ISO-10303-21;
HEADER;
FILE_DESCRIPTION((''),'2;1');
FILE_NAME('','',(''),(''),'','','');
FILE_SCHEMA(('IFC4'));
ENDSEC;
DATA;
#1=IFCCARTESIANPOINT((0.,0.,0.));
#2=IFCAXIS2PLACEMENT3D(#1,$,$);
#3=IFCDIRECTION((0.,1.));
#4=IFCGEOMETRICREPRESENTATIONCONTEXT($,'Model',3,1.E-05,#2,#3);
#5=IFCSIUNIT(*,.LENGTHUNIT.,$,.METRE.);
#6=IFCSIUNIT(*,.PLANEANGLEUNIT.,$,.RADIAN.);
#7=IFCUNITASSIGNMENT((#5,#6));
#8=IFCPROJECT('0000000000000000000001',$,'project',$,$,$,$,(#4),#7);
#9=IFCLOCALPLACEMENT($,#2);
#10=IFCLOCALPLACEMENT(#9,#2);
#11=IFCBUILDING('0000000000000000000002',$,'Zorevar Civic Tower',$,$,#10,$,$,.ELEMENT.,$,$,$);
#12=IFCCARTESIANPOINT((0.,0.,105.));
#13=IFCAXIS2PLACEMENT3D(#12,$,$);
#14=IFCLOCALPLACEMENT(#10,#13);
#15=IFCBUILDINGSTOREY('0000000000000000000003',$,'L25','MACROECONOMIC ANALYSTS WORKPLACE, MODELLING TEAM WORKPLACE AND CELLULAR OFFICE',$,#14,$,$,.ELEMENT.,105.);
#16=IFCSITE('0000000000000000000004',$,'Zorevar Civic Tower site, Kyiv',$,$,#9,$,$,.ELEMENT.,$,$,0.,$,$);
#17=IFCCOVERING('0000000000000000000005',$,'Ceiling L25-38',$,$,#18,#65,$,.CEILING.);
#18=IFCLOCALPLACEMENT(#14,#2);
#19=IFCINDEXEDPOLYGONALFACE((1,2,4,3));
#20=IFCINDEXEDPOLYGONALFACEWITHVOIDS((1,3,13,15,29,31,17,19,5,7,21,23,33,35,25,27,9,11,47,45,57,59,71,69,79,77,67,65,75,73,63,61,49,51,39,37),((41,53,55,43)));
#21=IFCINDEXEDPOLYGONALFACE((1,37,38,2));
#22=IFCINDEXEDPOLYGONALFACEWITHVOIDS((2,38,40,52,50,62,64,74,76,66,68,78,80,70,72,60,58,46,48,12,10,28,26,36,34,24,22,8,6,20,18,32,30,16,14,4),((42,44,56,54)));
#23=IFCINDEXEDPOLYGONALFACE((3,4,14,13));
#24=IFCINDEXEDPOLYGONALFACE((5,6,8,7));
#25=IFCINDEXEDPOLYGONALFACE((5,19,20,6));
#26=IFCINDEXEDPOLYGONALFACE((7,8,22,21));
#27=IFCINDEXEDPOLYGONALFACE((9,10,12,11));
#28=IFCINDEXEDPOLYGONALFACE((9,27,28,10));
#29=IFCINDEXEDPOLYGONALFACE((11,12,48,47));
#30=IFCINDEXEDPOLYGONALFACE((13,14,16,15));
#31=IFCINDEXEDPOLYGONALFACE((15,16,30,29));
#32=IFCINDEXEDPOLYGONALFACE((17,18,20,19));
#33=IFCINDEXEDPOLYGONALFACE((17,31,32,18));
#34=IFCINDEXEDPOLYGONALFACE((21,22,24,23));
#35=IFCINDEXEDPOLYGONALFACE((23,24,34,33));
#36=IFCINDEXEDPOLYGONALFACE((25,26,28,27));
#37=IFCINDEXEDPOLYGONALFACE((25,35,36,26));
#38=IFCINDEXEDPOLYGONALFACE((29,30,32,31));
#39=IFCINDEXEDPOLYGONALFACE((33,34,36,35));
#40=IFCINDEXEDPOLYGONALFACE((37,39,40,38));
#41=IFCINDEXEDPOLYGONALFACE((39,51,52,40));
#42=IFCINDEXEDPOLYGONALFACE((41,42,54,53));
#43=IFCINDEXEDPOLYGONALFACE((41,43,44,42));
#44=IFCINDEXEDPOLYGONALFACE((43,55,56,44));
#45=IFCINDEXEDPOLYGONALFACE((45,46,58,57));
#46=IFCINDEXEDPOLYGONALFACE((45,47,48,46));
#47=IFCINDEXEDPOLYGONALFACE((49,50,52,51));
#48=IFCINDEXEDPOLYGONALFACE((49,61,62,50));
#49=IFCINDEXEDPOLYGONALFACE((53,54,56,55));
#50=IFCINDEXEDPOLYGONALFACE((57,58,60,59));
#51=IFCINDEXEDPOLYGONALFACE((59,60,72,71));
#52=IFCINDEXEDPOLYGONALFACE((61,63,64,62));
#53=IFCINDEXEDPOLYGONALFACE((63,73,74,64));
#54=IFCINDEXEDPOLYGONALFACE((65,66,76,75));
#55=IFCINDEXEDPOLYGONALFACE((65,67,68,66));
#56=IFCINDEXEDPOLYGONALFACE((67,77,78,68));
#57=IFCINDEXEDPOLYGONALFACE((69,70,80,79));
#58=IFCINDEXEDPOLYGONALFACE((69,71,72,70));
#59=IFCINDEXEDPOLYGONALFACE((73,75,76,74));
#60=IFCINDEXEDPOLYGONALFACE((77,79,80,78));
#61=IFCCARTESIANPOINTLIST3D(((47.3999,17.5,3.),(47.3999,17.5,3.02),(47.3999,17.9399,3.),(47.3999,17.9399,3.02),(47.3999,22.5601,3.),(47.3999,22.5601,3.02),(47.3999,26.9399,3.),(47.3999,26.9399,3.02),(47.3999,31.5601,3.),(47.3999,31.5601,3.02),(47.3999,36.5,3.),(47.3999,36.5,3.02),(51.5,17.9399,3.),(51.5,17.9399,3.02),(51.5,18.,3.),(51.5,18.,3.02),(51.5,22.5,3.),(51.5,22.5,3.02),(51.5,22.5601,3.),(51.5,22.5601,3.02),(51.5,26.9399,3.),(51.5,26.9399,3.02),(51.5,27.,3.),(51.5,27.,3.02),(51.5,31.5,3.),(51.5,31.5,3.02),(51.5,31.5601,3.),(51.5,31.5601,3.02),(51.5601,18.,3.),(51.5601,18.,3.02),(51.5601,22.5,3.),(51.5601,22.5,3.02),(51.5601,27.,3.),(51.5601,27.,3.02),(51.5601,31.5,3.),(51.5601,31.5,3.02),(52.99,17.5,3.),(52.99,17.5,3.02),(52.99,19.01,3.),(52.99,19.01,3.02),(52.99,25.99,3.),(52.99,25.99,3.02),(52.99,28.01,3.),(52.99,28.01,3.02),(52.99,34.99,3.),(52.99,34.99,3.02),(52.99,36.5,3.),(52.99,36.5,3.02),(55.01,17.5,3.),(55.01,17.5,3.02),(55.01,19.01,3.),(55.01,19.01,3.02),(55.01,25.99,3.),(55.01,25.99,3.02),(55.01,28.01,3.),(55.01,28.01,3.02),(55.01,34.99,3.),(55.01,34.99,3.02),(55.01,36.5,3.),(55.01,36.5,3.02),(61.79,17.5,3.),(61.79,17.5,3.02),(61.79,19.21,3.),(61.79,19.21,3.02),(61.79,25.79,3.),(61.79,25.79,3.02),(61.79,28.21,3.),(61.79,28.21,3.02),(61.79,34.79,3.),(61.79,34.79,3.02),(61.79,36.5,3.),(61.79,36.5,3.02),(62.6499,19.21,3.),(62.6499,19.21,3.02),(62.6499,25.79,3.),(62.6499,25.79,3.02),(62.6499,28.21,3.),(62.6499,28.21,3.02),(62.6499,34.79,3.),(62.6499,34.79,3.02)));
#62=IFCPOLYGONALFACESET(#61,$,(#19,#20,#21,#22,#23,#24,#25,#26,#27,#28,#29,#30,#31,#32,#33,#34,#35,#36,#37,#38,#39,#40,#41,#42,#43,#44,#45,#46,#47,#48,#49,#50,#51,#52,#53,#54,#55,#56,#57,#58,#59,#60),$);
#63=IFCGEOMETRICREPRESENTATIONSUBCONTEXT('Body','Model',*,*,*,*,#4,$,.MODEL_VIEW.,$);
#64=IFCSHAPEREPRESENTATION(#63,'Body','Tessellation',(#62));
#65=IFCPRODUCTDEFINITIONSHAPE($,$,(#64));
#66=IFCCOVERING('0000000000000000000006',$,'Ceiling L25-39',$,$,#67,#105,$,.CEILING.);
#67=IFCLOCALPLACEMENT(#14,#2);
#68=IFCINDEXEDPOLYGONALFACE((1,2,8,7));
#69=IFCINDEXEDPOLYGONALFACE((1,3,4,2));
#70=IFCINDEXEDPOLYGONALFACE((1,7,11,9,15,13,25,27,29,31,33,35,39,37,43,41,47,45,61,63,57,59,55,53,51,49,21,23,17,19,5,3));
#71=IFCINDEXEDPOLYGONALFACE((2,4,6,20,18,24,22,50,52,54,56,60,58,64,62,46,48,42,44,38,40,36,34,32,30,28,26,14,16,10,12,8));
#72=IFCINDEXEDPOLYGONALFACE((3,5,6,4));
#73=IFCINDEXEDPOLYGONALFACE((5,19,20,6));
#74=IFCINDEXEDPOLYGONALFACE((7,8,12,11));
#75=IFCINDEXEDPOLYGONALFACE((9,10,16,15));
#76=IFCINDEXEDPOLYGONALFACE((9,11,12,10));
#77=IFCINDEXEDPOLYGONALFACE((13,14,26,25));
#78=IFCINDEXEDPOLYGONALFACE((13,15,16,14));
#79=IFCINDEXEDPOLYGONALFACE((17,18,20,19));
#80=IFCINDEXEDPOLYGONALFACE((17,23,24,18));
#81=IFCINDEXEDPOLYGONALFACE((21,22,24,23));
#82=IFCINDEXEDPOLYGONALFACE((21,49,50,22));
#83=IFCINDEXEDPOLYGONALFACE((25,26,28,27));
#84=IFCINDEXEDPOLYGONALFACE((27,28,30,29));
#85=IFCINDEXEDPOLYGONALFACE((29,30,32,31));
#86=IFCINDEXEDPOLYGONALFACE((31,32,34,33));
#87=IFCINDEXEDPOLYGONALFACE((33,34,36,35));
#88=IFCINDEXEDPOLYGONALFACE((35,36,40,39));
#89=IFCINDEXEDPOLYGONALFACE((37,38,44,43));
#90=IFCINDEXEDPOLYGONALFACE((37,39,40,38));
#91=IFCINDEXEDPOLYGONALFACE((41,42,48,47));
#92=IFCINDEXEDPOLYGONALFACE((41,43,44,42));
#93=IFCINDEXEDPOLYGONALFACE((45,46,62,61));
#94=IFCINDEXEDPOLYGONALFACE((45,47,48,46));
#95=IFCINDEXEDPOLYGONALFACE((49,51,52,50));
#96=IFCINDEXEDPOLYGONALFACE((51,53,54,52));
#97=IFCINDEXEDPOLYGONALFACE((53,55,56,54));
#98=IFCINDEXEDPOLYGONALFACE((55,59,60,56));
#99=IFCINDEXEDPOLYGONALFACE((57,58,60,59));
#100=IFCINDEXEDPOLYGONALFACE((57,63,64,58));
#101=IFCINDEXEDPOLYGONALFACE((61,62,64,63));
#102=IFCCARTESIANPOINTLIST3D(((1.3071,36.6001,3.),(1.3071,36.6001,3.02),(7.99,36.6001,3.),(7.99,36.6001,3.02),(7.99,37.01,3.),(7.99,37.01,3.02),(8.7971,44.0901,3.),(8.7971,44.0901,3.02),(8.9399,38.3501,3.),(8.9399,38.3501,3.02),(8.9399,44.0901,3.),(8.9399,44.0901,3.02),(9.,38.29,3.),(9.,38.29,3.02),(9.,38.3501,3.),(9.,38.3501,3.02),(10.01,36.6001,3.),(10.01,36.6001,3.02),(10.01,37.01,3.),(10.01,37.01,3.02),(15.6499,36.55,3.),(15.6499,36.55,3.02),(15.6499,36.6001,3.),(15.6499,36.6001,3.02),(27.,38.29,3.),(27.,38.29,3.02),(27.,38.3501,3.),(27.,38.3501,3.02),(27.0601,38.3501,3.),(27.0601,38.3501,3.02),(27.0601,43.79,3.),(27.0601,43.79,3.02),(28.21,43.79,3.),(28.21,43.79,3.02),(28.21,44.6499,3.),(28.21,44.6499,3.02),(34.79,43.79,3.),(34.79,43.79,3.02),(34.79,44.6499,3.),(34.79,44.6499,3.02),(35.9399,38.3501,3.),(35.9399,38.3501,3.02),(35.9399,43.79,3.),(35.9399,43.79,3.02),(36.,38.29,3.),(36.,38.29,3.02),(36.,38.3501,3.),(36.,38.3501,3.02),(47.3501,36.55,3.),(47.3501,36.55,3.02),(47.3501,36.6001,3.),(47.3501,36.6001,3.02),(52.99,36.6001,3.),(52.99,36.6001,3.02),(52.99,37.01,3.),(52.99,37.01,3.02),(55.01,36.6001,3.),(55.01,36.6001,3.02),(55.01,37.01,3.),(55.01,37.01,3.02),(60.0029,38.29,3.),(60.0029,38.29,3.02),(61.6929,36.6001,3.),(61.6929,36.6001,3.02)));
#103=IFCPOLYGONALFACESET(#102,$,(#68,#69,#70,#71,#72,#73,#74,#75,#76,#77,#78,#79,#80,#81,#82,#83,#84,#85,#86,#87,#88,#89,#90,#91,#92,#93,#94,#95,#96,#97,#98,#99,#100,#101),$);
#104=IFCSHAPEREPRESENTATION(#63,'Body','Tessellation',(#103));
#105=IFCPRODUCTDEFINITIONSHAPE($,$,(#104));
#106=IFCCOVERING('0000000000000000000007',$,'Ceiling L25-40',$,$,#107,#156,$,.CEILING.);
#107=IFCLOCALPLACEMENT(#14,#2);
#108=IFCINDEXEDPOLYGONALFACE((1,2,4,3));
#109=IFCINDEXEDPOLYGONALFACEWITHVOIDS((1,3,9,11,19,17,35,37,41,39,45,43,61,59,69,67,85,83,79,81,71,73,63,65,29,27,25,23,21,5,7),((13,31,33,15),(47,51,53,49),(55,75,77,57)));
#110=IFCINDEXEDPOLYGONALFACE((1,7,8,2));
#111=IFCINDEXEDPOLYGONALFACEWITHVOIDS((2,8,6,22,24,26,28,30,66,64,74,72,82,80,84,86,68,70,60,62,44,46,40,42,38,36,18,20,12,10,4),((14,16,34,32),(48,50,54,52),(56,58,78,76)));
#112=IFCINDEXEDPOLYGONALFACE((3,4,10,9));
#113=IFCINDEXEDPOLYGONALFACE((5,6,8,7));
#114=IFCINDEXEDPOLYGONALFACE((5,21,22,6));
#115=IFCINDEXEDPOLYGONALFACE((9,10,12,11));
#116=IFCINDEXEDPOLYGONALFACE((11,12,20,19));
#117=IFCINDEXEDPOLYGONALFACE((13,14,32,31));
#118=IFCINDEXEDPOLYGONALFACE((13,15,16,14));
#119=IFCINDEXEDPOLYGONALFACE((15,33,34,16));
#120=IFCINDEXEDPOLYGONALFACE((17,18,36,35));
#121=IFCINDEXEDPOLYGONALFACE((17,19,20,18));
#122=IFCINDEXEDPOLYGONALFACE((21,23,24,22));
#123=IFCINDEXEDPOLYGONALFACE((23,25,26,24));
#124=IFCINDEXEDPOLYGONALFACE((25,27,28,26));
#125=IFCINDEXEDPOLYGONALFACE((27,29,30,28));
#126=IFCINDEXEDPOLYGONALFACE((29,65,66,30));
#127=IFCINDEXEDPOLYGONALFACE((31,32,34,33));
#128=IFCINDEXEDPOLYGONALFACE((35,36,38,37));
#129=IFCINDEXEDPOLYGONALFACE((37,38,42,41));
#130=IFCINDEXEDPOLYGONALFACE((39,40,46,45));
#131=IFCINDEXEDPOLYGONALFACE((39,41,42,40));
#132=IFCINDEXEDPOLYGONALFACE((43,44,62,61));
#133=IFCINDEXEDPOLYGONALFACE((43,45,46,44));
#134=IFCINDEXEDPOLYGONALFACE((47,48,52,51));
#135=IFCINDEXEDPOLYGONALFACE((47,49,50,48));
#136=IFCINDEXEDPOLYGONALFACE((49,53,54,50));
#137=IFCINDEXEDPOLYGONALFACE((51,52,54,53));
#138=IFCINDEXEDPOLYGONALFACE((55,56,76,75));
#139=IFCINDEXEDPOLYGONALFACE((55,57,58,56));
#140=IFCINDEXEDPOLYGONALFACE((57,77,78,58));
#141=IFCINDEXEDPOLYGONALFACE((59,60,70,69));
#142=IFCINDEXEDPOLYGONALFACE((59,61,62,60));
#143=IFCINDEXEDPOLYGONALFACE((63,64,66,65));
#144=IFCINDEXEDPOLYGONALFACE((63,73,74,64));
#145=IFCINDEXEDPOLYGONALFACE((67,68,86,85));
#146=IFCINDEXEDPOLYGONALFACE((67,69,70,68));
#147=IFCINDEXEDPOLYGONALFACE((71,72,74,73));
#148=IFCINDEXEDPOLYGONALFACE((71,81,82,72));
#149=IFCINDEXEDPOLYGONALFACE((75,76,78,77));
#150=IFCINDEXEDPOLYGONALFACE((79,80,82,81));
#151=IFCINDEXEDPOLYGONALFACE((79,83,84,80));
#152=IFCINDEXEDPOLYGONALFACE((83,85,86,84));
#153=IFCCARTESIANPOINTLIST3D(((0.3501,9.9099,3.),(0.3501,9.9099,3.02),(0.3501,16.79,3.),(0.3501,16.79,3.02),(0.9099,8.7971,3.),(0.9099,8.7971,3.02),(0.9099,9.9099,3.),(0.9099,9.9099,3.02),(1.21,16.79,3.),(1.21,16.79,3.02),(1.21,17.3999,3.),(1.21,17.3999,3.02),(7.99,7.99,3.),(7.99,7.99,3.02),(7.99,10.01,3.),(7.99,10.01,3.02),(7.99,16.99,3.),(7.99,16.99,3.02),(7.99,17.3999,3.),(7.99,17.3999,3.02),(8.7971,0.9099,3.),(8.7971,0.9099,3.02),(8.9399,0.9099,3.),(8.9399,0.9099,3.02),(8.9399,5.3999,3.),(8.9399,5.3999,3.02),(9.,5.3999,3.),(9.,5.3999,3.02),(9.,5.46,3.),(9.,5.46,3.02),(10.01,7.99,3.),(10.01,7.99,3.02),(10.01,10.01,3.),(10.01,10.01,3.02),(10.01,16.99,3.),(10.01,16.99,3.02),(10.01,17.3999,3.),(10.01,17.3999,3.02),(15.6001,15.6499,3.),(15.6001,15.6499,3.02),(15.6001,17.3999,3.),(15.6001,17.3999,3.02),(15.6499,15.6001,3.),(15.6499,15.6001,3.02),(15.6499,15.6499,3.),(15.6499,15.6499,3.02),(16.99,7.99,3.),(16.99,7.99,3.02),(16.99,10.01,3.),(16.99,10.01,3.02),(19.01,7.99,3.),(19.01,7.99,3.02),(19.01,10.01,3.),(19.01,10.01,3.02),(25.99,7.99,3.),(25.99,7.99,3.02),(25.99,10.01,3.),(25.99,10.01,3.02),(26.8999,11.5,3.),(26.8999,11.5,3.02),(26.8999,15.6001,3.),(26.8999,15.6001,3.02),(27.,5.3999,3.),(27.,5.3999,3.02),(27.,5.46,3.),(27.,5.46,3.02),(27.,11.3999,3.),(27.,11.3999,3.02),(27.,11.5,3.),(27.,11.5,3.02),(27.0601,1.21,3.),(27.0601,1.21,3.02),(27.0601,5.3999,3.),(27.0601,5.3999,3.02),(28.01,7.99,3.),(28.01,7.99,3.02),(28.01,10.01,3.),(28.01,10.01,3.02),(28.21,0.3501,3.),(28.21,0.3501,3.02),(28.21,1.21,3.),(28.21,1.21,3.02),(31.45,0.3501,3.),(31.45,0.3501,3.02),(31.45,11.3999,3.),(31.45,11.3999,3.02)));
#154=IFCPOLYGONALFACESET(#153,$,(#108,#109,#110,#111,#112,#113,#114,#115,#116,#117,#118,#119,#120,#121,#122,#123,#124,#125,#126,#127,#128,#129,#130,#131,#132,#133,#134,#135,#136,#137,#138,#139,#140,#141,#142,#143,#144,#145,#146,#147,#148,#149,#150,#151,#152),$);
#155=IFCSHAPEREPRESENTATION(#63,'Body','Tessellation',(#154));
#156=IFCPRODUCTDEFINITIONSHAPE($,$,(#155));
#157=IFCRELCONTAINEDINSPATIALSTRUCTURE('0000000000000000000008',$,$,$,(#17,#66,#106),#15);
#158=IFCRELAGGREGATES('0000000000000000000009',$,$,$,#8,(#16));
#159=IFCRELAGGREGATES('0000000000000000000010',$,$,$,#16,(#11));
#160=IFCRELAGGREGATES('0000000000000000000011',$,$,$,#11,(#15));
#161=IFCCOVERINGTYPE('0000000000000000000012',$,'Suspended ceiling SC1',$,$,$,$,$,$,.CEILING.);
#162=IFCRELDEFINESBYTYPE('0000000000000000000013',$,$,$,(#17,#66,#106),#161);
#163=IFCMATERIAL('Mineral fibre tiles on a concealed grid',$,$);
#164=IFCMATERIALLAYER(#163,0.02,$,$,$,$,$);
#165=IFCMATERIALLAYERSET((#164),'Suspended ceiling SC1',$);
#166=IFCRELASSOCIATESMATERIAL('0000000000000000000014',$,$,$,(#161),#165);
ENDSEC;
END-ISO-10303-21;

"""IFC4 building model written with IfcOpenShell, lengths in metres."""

from ifc_helpers import new_model, si_unit, direction, frame, origin, place, context, subcontext, project, spatial, polyline, outline, extrude, material, layer, layer_set, type_object, element, save


model = new_model("IFC4")

# Units and contexts
model_context = context("Model", 3, precision=1e-05, world=origin(), true_north=direction((0.0, 1.0)))
body_context = subcontext(model_context, "Body", "Model", "MODEL_VIEW")
ifc_project = project(units=[si_unit("LENGTHUNIT", "METRE"), si_unit("PLANEANGLEUNIT", "RADIAN")], contexts=[model_context])

# Site, building, storey
site_placement = place(None, origin())
site = spatial("IfcSite", under=ifc_project, at=site_placement, Name="Zorevar Civic Tower site, Kyiv", CompositionType="ELEMENT", RefElevation=0.0)
building_placement = place(site_placement, origin())
building = spatial("IfcBuilding", under=site, at=building_placement, Name="Zorevar Civic Tower", CompositionType="ELEMENT")
storey_placement = place(building_placement, frame((0.0, 0.0, 105.0)))
storey = spatial("IfcBuildingStorey", under=building, at=storey_placement, Name="L25", Description="MACROECONOMIC ANALYSTS WORKPLACE, MODELLING TEAM WORKPLACE AND CELLULAR OFFICE", CompositionType="ELEMENT", Elevation=105.0)

# Coverings
ifc_material_1 = material(Name="Mineral fibre tiles on a concealed grid")
ifc_layer_1 = layer(ifc_material_1, 0.02)
ifc_layer_set_1 = layer_set([ifc_layer_1], Name="Suspended ceiling SC1")
covering_type_1 = type_object("IfcCoveringType", Name="Suspended ceiling SC1", PredefinedType="CEILING", material=ifc_layer_set_1)
covering_1_placement = place(storey_placement, frame((0.0, 0.0, 3.0)))
element("IfcCovering", 1, at=covering_1_placement, inside=storey, type_object=covering_type_1, Name="Ceiling L25-38", PredefinedType="CEILING", context=body_context, shape_type="SweptSolid", body=[
    extrude(outline(polyline([(51.5, 22.5601), (47.3999, 22.5601), (47.3999, 26.9399), (51.5, 26.9399), (51.5, 27.0), (51.5601, 27.0), (51.5601, 31.5), (51.5, 31.5), (51.5, 31.5601), (47.3999, 31.5601), (47.3999, 36.5), (52.99, 36.5), (52.99, 34.99), (55.01, 34.99), (55.01, 36.5), (61.79, 36.5), (61.79, 34.79), (62.6499, 34.79), (62.6499, 28.21), (61.79, 28.21), (61.79, 25.79), (62.6499, 25.79), (62.6499, 19.21), (61.79, 19.21), (61.79, 17.5), (55.01, 17.5), (55.01, 19.01), (52.99, 19.01), (52.99, 17.5), (47.3999, 17.5), (47.3999, 17.9399), (51.5, 17.9399), (51.5, 18.0), (51.5601, 18.0), (51.5601, 22.5), (51.5, 22.5), (51.5, 22.5601)]), holes=[polyline([(55.01, 28.01), (52.99, 28.01), (52.99, 25.99), (55.01, 25.99), (55.01, 28.01)])]), origin(), (0.0, 0.0, 1.0), 0.02),
])
covering_2_placement = place(storey_placement, frame((0.0, 0.0, 3.0)))
element("IfcCovering", 2, at=covering_2_placement, inside=storey, type_object=covering_type_1, Name="Ceiling L25-39", PredefinedType="CEILING", context=body_context, shape_type="SweptSolid", body=[
    extrude(outline(polyline([(27.0, 38.29), (27.0, 38.3501), (27.0601, 38.3501), (27.0601, 43.79), (28.21, 43.79), (28.21, 44.6499), (34.79, 44.6499), (34.79, 43.79), (35.9399, 43.79), (35.9399, 38.3501), (36.0, 38.3501), (36.0, 38.29), (60.0029, 38.29), (61.6929, 36.6001), (55.01, 36.6001), (55.01, 37.01), (52.99, 37.01), (52.99, 36.6001), (47.3501, 36.6001), (47.3501, 36.55), (15.6499, 36.55), (15.6499, 36.6001), (10.01, 36.6001), (10.01, 37.01), (7.99, 37.01), (7.99, 36.6001), (1.3071, 36.6001), (8.7971, 44.0901), (8.9399, 44.0901), (8.9399, 38.3501), (9.0, 38.3501), (9.0, 38.29), (27.0, 38.29)])), origin(), (0.0, 0.0, 1.0), 0.02),
])
covering_3_placement = place(storey_placement, frame((0.0, 0.0, 3.0)))
element("IfcCovering", 3, at=covering_3_placement, inside=storey, type_object=covering_type_1, Name="Ceiling L25-40", PredefinedType="CEILING", context=body_context, shape_type="SweptSolid", body=[
    extrude(outline(polyline([(0.9099, 9.9099), (0.3501, 9.9099), (0.3501, 16.79), (1.21, 16.79), (1.21, 17.3999), (7.99, 17.3999), (7.99, 16.99), (10.01, 16.99), (10.01, 17.3999), (15.6001, 17.3999), (15.6001, 15.6499), (15.6499, 15.6499), (15.6499, 15.6001), (26.8999, 15.6001), (26.8999, 11.5), (27.0, 11.5), (27.0, 11.3999), (31.45, 11.3999), (31.45, 0.3501), (28.21, 0.3501), (28.21, 1.21), (27.0601, 1.21), (27.0601, 5.3999), (27.0, 5.3999), (27.0, 5.46), (9.0, 5.46), (9.0, 5.3999), (8.9399, 5.3999), (8.9399, 0.9099), (8.7971, 0.9099), (0.9099, 8.7971), (0.9099, 9.9099)]), holes=[polyline([(7.99, 10.01), (7.99, 7.99), (10.01, 7.99), (10.01, 10.01), (7.99, 10.01)]), polyline([(19.01, 7.99), (19.01, 10.01), (16.99, 10.01), (16.99, 7.99), (19.01, 7.99)]), polyline([(25.99, 10.01), (25.99, 7.99), (28.01, 7.99), (28.01, 10.01), (25.99, 10.01)])]), origin(), (0.0, 0.0, 1.0), 0.02),
])

save(model, "model.ifc")
